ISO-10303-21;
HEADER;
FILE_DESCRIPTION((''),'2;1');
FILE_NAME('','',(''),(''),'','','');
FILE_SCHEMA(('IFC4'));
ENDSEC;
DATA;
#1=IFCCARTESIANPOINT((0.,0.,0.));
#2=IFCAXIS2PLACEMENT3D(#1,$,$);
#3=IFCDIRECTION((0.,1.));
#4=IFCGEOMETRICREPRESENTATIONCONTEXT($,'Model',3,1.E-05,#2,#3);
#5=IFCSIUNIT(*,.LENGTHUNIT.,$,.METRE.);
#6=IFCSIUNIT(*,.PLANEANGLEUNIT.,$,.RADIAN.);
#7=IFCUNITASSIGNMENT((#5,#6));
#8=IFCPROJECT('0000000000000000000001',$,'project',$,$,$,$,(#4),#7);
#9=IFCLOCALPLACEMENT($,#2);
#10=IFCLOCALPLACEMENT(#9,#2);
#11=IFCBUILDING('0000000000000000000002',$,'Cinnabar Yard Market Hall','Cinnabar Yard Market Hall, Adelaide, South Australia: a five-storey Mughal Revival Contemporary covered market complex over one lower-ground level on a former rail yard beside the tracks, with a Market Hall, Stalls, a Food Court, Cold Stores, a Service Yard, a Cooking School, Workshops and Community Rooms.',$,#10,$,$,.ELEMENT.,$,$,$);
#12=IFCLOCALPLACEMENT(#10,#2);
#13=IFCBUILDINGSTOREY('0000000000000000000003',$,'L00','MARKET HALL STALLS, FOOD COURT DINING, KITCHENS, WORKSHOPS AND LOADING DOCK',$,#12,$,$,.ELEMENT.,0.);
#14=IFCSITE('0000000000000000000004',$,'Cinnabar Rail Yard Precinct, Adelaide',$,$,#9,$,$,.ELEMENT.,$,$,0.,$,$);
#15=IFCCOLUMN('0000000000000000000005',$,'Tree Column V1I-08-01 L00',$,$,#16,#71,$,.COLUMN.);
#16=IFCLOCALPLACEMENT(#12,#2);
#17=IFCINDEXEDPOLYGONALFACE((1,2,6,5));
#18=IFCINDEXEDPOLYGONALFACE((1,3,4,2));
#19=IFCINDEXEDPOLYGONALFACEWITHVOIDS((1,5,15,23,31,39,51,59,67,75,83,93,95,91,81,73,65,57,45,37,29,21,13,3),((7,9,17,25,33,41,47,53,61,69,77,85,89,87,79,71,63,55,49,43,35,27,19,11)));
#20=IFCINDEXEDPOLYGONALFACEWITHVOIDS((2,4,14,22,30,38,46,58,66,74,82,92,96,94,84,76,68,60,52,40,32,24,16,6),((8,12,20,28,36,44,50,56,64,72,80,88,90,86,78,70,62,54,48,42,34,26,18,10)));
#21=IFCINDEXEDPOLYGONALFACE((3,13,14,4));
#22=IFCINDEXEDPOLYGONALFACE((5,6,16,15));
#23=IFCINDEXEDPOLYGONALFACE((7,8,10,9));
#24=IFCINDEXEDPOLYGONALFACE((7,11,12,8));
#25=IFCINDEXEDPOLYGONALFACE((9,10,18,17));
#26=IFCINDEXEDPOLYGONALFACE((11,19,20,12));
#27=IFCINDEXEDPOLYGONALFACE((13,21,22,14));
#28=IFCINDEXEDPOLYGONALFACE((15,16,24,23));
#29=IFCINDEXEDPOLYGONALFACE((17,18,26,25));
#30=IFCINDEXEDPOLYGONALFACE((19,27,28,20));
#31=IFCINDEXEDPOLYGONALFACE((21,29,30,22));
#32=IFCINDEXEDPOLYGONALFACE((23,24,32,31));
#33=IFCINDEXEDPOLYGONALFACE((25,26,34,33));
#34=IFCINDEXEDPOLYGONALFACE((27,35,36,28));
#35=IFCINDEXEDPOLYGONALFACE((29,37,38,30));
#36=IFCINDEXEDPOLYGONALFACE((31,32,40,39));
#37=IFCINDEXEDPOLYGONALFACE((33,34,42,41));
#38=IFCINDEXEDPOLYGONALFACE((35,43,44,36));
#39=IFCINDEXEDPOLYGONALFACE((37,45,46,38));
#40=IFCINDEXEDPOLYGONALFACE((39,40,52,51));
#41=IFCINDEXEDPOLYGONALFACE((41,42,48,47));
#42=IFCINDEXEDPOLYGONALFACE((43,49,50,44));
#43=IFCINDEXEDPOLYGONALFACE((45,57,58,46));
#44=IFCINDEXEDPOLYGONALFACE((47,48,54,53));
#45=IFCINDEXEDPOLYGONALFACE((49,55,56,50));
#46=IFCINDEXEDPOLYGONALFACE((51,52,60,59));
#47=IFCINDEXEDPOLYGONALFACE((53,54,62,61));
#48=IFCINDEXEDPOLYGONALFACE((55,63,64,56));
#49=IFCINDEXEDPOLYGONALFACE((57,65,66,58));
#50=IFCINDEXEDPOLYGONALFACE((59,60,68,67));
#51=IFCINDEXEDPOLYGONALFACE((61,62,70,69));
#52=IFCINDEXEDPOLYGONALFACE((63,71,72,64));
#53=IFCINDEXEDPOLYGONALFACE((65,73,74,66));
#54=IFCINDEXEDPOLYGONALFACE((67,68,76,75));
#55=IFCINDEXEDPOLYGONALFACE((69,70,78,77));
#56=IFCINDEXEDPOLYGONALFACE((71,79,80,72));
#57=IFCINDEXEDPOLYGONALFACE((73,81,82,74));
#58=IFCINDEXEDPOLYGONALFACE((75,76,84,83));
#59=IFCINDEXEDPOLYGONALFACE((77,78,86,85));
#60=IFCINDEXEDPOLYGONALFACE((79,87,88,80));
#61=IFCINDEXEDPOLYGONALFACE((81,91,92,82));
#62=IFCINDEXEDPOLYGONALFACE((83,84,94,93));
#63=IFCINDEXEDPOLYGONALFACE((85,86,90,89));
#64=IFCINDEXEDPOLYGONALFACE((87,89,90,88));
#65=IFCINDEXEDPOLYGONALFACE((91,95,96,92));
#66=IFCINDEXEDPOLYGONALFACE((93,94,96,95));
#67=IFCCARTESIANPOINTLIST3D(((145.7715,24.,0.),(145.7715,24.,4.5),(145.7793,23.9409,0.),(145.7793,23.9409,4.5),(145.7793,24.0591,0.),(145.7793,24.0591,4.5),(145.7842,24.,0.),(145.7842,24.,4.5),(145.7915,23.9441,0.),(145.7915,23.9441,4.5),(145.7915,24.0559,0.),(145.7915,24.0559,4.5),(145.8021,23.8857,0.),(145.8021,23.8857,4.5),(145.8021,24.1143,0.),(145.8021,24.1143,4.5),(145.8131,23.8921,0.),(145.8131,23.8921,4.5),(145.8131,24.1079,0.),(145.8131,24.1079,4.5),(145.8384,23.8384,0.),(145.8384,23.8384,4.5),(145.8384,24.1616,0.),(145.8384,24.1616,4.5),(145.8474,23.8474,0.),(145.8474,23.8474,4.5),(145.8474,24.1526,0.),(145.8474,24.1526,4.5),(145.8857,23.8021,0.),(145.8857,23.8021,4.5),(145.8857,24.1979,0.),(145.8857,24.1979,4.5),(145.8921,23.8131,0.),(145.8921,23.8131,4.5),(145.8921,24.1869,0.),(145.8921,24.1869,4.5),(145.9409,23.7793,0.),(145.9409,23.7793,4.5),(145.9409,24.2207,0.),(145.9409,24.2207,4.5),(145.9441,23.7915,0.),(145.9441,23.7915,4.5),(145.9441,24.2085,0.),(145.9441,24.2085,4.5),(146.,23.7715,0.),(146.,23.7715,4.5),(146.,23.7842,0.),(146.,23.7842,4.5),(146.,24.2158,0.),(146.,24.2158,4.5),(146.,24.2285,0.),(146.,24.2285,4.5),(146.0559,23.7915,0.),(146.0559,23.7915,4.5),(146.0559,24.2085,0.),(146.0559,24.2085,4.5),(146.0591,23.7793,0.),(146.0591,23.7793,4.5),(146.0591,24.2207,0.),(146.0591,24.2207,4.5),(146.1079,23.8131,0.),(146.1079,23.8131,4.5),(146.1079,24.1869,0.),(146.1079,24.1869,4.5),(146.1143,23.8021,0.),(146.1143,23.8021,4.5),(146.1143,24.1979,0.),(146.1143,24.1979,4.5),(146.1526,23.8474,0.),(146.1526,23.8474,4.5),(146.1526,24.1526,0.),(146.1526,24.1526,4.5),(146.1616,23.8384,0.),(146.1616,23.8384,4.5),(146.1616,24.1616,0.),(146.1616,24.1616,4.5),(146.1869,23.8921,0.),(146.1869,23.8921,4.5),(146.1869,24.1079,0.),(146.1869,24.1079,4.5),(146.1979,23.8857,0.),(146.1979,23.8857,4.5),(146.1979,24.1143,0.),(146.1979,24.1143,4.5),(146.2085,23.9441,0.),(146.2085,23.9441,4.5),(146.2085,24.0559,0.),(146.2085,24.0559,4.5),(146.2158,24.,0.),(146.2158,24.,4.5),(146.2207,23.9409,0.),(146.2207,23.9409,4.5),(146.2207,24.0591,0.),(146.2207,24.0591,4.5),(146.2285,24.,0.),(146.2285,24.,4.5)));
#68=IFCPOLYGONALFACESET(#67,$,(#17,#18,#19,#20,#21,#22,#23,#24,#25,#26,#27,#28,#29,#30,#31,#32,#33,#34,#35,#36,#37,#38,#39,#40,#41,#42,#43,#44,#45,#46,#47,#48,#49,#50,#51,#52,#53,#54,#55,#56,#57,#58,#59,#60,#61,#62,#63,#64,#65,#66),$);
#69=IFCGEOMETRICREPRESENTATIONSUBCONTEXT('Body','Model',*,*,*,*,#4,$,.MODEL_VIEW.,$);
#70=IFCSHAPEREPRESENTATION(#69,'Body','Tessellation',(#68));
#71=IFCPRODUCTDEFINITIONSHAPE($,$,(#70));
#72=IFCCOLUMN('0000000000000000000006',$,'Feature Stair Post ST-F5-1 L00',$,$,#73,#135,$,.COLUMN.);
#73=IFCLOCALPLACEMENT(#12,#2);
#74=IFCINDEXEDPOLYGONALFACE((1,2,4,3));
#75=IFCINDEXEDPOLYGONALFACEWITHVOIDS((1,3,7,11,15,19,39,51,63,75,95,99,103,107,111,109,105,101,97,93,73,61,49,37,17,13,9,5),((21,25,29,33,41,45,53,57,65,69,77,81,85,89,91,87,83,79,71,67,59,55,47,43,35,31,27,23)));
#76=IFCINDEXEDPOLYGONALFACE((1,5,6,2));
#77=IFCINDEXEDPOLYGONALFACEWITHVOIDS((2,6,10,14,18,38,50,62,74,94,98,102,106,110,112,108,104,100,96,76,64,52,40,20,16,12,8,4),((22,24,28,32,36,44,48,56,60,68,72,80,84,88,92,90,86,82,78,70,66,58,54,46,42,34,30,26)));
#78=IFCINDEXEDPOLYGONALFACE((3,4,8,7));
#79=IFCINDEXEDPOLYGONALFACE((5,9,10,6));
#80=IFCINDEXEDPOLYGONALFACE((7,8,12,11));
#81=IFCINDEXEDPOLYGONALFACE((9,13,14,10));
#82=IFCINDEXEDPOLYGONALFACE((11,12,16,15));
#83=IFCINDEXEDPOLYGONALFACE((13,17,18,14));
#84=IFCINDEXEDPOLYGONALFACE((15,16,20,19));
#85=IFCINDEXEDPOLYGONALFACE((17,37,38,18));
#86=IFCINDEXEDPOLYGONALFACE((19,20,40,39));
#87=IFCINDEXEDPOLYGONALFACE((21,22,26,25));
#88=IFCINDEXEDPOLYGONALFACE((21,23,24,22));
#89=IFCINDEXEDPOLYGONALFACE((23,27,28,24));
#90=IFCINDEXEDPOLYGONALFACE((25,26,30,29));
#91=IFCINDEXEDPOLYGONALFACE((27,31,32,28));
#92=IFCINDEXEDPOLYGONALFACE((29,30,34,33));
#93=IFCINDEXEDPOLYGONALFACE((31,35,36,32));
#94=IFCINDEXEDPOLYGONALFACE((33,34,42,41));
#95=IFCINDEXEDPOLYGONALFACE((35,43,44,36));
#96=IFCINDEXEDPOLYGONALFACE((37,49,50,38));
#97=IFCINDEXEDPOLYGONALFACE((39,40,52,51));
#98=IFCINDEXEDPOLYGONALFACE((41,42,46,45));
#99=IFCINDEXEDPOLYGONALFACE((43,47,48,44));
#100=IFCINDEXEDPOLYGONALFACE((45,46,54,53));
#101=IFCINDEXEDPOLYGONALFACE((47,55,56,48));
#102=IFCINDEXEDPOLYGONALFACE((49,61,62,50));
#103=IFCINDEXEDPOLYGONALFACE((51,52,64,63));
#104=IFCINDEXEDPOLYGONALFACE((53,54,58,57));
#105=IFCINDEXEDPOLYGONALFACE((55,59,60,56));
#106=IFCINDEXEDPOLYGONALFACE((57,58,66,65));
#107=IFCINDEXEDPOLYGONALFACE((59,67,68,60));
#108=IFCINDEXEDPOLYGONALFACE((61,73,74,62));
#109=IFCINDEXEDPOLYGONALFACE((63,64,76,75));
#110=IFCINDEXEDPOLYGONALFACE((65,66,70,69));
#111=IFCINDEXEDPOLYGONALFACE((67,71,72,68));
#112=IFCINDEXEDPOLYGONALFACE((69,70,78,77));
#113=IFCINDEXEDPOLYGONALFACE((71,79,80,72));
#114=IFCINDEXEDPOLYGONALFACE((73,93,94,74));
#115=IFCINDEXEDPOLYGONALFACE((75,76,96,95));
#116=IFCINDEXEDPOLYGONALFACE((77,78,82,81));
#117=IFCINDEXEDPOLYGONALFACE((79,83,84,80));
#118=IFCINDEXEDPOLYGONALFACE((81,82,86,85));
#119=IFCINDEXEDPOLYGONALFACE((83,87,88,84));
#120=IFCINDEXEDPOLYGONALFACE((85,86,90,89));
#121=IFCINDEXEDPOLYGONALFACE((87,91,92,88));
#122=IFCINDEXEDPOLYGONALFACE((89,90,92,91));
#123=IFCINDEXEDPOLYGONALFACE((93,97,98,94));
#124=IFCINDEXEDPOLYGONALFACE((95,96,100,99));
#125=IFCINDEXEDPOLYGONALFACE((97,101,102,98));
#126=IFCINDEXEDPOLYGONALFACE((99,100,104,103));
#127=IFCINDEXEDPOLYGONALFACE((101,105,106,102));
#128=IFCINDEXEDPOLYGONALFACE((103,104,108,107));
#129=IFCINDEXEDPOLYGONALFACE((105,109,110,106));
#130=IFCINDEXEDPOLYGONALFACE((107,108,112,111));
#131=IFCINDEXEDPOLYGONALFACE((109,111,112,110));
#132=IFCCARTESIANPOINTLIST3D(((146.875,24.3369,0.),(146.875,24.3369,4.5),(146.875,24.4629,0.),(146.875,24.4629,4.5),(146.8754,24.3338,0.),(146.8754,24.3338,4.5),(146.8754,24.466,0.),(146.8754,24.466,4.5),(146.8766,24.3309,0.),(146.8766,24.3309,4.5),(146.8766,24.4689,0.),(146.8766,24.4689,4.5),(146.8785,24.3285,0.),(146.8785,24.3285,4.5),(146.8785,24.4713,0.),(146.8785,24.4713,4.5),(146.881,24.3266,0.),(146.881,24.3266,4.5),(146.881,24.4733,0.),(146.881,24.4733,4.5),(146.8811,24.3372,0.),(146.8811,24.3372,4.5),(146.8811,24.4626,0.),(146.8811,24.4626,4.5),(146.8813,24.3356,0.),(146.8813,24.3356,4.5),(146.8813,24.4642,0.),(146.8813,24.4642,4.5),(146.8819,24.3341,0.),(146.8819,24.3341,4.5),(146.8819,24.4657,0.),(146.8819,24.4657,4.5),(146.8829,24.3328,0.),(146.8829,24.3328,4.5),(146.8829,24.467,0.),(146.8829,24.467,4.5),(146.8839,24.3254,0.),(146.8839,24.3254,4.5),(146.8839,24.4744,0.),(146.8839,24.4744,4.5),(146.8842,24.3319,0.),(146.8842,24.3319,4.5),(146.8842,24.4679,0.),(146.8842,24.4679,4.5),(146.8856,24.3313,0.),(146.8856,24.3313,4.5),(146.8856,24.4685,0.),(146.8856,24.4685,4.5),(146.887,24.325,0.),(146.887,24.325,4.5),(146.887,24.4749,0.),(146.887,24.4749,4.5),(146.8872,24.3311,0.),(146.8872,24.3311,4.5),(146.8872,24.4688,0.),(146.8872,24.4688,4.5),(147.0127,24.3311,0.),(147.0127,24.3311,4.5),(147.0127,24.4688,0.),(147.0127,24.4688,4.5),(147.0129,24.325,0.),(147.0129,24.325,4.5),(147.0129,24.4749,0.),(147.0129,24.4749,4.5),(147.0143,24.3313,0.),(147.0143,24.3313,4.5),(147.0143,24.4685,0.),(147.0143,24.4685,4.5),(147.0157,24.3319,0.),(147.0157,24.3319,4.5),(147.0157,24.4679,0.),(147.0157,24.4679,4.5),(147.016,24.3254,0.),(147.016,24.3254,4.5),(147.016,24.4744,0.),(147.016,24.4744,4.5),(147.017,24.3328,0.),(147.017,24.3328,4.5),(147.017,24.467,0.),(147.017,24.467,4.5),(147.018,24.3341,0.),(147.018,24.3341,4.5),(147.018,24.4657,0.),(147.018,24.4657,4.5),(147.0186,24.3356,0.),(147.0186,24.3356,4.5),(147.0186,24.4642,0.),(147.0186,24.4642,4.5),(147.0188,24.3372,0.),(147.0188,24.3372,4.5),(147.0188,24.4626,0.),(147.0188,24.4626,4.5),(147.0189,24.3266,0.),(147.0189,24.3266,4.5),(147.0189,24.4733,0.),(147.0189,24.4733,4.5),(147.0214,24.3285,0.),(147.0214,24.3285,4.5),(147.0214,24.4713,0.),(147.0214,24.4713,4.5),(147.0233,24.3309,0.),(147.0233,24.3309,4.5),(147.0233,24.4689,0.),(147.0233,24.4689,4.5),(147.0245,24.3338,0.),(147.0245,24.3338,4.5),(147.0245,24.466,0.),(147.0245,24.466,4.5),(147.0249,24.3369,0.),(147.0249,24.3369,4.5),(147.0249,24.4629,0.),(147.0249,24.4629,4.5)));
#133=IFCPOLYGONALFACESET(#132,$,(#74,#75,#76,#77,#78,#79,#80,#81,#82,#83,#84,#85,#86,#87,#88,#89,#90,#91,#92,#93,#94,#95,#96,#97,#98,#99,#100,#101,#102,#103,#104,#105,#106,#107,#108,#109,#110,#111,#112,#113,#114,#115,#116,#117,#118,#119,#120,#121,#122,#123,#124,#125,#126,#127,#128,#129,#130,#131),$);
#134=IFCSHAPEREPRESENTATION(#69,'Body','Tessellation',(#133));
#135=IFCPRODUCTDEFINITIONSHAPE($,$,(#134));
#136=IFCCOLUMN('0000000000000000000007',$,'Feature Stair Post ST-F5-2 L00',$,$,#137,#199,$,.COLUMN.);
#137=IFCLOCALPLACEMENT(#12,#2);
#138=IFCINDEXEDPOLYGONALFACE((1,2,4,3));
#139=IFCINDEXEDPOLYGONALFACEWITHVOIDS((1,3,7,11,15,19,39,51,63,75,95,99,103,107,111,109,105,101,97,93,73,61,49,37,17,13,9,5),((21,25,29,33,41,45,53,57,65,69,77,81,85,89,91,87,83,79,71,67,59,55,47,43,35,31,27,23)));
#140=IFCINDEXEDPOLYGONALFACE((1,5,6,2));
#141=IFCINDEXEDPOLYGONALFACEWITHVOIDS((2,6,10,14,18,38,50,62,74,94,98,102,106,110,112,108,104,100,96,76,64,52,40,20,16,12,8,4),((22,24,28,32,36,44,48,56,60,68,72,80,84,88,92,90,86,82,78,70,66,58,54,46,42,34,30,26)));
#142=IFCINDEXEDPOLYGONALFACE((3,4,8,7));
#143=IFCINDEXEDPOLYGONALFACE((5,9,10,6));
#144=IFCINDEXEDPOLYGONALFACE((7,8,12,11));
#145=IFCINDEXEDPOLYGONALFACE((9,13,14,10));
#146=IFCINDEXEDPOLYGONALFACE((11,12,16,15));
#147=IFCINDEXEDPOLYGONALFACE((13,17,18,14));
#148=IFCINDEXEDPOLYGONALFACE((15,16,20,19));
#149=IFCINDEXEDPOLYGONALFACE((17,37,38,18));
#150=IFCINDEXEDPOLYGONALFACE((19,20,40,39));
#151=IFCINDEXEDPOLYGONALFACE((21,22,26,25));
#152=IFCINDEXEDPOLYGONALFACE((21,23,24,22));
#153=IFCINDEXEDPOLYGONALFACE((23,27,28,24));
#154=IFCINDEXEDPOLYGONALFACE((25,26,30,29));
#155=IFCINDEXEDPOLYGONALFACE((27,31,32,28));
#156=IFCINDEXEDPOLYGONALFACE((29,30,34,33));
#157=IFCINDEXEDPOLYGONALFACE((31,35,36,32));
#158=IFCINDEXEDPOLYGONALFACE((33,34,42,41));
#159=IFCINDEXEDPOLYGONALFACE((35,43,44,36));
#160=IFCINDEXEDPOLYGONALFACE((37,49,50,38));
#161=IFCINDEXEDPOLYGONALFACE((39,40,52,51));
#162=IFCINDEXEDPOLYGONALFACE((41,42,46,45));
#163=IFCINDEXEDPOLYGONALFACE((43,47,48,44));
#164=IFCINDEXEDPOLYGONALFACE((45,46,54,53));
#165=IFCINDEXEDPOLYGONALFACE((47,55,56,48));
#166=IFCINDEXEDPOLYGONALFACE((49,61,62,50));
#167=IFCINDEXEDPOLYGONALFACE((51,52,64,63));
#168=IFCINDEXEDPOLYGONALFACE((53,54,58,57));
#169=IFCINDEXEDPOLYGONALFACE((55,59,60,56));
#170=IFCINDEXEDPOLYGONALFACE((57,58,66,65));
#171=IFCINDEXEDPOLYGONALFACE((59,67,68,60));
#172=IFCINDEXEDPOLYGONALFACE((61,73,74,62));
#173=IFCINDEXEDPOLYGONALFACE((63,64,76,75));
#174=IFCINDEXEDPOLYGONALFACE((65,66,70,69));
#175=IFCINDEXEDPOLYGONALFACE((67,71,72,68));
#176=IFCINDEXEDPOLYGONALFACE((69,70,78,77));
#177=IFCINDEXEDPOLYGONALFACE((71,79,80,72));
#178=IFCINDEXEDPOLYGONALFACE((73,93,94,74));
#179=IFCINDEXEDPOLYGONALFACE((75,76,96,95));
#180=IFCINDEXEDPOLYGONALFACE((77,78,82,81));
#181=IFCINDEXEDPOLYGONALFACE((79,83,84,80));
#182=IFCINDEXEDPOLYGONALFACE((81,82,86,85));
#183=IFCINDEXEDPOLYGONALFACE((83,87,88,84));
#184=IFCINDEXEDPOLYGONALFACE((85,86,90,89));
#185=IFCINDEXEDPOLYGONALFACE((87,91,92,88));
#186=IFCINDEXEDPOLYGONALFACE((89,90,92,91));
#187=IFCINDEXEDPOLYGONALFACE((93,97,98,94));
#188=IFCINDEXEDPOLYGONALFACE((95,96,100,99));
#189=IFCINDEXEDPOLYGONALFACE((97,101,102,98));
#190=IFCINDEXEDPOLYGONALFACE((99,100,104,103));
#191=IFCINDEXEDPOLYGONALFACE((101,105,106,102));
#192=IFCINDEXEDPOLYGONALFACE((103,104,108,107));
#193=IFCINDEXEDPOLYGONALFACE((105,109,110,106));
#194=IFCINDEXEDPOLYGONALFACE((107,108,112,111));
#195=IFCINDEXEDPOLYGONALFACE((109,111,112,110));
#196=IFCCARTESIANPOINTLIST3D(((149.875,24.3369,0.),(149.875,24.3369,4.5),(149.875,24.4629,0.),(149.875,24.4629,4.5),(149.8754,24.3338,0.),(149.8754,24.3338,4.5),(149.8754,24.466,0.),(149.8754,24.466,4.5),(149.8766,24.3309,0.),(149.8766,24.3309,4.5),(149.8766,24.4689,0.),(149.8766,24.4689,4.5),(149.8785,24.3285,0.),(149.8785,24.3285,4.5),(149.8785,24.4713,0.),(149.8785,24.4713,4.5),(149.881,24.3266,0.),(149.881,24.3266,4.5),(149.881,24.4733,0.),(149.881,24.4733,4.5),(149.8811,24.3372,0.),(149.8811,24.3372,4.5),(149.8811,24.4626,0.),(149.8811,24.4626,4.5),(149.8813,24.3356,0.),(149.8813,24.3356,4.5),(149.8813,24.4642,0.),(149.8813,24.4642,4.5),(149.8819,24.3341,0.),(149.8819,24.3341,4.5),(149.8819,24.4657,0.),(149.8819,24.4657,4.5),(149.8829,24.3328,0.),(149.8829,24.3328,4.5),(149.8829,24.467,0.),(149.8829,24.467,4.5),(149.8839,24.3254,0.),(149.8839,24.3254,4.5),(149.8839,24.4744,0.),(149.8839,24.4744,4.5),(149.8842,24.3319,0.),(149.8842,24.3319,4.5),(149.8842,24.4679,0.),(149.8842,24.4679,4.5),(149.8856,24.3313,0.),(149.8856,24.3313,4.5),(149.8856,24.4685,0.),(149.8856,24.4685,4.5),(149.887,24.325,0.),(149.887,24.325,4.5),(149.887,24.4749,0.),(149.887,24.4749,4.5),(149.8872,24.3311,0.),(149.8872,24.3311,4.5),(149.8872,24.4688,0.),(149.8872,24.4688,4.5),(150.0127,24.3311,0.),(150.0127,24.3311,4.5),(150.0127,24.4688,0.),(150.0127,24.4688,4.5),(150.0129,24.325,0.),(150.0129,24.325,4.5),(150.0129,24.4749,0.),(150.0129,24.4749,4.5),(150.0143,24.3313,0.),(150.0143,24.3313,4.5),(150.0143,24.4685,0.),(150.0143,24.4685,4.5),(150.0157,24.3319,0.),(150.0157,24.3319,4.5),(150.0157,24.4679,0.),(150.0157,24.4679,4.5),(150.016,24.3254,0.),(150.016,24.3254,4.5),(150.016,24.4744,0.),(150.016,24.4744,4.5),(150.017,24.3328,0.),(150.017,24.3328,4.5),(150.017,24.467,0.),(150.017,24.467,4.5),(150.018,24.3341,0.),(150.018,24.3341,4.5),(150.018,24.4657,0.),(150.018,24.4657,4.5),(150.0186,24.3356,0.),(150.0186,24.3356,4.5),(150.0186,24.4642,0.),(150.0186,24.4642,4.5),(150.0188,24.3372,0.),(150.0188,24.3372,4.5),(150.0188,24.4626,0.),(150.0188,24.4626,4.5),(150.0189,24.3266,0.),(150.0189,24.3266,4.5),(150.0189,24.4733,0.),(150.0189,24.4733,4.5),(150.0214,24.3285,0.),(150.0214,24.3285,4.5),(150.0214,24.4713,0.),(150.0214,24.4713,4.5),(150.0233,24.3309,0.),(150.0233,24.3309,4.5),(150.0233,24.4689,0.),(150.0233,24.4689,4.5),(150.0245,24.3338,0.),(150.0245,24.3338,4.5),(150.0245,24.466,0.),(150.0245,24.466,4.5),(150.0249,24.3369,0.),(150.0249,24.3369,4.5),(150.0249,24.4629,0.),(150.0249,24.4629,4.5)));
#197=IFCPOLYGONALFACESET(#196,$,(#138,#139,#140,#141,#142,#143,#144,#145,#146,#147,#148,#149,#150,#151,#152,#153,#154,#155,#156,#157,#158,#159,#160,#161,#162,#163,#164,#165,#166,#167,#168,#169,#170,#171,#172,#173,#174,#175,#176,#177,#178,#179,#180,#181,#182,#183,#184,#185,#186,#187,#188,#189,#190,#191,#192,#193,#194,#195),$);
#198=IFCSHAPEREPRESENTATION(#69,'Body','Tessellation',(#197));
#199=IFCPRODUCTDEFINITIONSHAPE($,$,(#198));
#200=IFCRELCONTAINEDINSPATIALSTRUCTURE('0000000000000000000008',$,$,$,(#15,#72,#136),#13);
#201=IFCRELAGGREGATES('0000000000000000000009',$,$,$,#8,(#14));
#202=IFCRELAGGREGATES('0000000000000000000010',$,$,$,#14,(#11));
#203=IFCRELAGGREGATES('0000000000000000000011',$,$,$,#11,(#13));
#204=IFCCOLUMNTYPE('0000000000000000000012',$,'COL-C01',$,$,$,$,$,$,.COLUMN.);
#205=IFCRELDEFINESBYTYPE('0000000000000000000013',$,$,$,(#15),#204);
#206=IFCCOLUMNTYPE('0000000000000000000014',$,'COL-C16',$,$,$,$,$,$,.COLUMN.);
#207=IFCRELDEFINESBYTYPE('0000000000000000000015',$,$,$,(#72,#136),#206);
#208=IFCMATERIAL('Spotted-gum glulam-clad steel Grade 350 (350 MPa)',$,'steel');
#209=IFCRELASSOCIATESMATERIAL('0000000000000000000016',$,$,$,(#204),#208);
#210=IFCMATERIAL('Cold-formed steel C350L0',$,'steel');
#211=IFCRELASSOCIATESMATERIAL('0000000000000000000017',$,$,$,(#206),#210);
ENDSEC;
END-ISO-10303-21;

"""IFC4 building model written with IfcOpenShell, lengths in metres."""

from ifc_helpers import new_model, si_unit, direction, frame, origin, origin_2d_with_axis, place, context, subcontext, project, spatial, hollow_rectangle, hollow_circle, extrude, material, material_profile, profile_set, type_object, element, save


model = new_model("IFC4")

# Units and contexts
model_context = context("Model", 3, precision=1e-05, world=origin(), true_north=direction((0.0, 1.0)))
body_context = subcontext(model_context, "Body", "Model", "MODEL_VIEW")
ifc_project = project(units=[si_unit("LENGTHUNIT", "METRE"), si_unit("PLANEANGLEUNIT", "RADIAN")], contexts=[model_context])

# Site, building, storey
site_placement = place(None, origin())
site = spatial("IfcSite", under=ifc_project, at=site_placement, Name="Cinnabar Rail Yard Precinct, Adelaide", CompositionType="ELEMENT", RefElevation=0.0)
building_placement = place(site_placement, origin())
building = spatial("IfcBuilding", under=site, at=building_placement, Name="Cinnabar Yard Market Hall", Description="Cinnabar Yard Market Hall, Adelaide, South Australia: a five-storey Mughal Revival Contemporary covered market complex over one lower-ground level on a former rail yard beside the tracks, with a Market Hall, Stalls, a Food Court, Cold Stores, a Service Yard, a Cooking School, Workshops and Community Rooms.", CompositionType="ELEMENT")
storey_placement = place(building_placement, origin())
storey = spatial("IfcBuildingStorey", under=building, at=storey_placement, Name="L00", Description="MARKET HALL STALLS, FOOD COURT DINING, KITCHENS, WORKSHOPS AND LOADING DOCK", CompositionType="ELEMENT", Elevation=0.0)

# Columns
ifc_material_1 = material(Name="Spotted-gum glulam-clad steel Grade 350 (350 MPa)", Category="steel")
ifc_material_profile_1 = material_profile(ifc_material_1, hollow_circle(Radius=0.2285, WallThickness=0.0127, at=origin_2d_with_axis()), Name="457.0x12.7CHS")
ifc_profile_set_1 = profile_set([ifc_material_profile_1], Name="Spotted-gum glulam-clad steel Grade 350 (350 MPa)")
column_type_1 = type_object("IfcColumnType", Name="COL-C01", PredefinedType="COLUMN", material=ifc_profile_set_1)
column_placement = place(storey_placement, frame((146.0, 24.0, 0.0), z_axis=(0.0, 0.0, 1.0), x_axis=(1.0, 0.0, 0.0)))
element("IfcColumn", 1, at=column_placement, inside=storey, type_object=column_type_1, Name="Tree Column V1I-08-01 L00", PredefinedType="COLUMN", context=body_context, shape_type="SweptSolid", body=[
    extrude(hollow_circle(Radius=0.2285, WallThickness=0.0127, at=origin_2d_with_axis()), origin(), (0.0, 0.0, 1.0), 4.5),
])
ifc_material_2 = material(Name="Cold-formed steel C350L0", Category="steel")
ifc_material_profile_2 = material_profile(ifc_material_2, hollow_rectangle(XDim=0.1499, YDim=0.1499, WallThickness=0.0061, InnerFilletRadius=0.0061, OuterFilletRadius=0.012, at=origin_2d_with_axis()), Name="150x150x6.0SHS")
ifc_profile_set_2 = profile_set([ifc_material_profile_2], Name="Cold-formed steel C350L0")
column_type_2 = type_object("IfcColumnType", Name="COL-C16", PredefinedType="COLUMN", material=ifc_profile_set_2)
for number, where, z_axis, x_axis, name in (
    (2, (146.95, 24.3999, 0.0), (0.0, 0.0, 1.0), (1.0, 0.0, 0.0), "Feature Stair Post ST-F5-1 L00"),
    (3, (149.95, 24.3999, 0.0), (0.0, 0.0, 1.0), (1.0, 0.0, 0.0), "Feature Stair Post ST-F5-2 L00"),
):
    element("IfcColumn", number, at=place(storey_placement, frame(where, z_axis=z_axis, x_axis=x_axis)), inside=storey, type_object=column_type_2, Name=name, PredefinedType="COLUMN", context=body_context, shape_type="SweptSolid", body=[
        extrude(hollow_rectangle(XDim=0.1499, YDim=0.1499, WallThickness=0.0061, InnerFilletRadius=0.0061, OuterFilletRadius=0.012, at=origin_2d_with_axis()), origin(), (0.0, 0.0, 1.0), 4.5),
    ])

save(model, "model.ifc")
